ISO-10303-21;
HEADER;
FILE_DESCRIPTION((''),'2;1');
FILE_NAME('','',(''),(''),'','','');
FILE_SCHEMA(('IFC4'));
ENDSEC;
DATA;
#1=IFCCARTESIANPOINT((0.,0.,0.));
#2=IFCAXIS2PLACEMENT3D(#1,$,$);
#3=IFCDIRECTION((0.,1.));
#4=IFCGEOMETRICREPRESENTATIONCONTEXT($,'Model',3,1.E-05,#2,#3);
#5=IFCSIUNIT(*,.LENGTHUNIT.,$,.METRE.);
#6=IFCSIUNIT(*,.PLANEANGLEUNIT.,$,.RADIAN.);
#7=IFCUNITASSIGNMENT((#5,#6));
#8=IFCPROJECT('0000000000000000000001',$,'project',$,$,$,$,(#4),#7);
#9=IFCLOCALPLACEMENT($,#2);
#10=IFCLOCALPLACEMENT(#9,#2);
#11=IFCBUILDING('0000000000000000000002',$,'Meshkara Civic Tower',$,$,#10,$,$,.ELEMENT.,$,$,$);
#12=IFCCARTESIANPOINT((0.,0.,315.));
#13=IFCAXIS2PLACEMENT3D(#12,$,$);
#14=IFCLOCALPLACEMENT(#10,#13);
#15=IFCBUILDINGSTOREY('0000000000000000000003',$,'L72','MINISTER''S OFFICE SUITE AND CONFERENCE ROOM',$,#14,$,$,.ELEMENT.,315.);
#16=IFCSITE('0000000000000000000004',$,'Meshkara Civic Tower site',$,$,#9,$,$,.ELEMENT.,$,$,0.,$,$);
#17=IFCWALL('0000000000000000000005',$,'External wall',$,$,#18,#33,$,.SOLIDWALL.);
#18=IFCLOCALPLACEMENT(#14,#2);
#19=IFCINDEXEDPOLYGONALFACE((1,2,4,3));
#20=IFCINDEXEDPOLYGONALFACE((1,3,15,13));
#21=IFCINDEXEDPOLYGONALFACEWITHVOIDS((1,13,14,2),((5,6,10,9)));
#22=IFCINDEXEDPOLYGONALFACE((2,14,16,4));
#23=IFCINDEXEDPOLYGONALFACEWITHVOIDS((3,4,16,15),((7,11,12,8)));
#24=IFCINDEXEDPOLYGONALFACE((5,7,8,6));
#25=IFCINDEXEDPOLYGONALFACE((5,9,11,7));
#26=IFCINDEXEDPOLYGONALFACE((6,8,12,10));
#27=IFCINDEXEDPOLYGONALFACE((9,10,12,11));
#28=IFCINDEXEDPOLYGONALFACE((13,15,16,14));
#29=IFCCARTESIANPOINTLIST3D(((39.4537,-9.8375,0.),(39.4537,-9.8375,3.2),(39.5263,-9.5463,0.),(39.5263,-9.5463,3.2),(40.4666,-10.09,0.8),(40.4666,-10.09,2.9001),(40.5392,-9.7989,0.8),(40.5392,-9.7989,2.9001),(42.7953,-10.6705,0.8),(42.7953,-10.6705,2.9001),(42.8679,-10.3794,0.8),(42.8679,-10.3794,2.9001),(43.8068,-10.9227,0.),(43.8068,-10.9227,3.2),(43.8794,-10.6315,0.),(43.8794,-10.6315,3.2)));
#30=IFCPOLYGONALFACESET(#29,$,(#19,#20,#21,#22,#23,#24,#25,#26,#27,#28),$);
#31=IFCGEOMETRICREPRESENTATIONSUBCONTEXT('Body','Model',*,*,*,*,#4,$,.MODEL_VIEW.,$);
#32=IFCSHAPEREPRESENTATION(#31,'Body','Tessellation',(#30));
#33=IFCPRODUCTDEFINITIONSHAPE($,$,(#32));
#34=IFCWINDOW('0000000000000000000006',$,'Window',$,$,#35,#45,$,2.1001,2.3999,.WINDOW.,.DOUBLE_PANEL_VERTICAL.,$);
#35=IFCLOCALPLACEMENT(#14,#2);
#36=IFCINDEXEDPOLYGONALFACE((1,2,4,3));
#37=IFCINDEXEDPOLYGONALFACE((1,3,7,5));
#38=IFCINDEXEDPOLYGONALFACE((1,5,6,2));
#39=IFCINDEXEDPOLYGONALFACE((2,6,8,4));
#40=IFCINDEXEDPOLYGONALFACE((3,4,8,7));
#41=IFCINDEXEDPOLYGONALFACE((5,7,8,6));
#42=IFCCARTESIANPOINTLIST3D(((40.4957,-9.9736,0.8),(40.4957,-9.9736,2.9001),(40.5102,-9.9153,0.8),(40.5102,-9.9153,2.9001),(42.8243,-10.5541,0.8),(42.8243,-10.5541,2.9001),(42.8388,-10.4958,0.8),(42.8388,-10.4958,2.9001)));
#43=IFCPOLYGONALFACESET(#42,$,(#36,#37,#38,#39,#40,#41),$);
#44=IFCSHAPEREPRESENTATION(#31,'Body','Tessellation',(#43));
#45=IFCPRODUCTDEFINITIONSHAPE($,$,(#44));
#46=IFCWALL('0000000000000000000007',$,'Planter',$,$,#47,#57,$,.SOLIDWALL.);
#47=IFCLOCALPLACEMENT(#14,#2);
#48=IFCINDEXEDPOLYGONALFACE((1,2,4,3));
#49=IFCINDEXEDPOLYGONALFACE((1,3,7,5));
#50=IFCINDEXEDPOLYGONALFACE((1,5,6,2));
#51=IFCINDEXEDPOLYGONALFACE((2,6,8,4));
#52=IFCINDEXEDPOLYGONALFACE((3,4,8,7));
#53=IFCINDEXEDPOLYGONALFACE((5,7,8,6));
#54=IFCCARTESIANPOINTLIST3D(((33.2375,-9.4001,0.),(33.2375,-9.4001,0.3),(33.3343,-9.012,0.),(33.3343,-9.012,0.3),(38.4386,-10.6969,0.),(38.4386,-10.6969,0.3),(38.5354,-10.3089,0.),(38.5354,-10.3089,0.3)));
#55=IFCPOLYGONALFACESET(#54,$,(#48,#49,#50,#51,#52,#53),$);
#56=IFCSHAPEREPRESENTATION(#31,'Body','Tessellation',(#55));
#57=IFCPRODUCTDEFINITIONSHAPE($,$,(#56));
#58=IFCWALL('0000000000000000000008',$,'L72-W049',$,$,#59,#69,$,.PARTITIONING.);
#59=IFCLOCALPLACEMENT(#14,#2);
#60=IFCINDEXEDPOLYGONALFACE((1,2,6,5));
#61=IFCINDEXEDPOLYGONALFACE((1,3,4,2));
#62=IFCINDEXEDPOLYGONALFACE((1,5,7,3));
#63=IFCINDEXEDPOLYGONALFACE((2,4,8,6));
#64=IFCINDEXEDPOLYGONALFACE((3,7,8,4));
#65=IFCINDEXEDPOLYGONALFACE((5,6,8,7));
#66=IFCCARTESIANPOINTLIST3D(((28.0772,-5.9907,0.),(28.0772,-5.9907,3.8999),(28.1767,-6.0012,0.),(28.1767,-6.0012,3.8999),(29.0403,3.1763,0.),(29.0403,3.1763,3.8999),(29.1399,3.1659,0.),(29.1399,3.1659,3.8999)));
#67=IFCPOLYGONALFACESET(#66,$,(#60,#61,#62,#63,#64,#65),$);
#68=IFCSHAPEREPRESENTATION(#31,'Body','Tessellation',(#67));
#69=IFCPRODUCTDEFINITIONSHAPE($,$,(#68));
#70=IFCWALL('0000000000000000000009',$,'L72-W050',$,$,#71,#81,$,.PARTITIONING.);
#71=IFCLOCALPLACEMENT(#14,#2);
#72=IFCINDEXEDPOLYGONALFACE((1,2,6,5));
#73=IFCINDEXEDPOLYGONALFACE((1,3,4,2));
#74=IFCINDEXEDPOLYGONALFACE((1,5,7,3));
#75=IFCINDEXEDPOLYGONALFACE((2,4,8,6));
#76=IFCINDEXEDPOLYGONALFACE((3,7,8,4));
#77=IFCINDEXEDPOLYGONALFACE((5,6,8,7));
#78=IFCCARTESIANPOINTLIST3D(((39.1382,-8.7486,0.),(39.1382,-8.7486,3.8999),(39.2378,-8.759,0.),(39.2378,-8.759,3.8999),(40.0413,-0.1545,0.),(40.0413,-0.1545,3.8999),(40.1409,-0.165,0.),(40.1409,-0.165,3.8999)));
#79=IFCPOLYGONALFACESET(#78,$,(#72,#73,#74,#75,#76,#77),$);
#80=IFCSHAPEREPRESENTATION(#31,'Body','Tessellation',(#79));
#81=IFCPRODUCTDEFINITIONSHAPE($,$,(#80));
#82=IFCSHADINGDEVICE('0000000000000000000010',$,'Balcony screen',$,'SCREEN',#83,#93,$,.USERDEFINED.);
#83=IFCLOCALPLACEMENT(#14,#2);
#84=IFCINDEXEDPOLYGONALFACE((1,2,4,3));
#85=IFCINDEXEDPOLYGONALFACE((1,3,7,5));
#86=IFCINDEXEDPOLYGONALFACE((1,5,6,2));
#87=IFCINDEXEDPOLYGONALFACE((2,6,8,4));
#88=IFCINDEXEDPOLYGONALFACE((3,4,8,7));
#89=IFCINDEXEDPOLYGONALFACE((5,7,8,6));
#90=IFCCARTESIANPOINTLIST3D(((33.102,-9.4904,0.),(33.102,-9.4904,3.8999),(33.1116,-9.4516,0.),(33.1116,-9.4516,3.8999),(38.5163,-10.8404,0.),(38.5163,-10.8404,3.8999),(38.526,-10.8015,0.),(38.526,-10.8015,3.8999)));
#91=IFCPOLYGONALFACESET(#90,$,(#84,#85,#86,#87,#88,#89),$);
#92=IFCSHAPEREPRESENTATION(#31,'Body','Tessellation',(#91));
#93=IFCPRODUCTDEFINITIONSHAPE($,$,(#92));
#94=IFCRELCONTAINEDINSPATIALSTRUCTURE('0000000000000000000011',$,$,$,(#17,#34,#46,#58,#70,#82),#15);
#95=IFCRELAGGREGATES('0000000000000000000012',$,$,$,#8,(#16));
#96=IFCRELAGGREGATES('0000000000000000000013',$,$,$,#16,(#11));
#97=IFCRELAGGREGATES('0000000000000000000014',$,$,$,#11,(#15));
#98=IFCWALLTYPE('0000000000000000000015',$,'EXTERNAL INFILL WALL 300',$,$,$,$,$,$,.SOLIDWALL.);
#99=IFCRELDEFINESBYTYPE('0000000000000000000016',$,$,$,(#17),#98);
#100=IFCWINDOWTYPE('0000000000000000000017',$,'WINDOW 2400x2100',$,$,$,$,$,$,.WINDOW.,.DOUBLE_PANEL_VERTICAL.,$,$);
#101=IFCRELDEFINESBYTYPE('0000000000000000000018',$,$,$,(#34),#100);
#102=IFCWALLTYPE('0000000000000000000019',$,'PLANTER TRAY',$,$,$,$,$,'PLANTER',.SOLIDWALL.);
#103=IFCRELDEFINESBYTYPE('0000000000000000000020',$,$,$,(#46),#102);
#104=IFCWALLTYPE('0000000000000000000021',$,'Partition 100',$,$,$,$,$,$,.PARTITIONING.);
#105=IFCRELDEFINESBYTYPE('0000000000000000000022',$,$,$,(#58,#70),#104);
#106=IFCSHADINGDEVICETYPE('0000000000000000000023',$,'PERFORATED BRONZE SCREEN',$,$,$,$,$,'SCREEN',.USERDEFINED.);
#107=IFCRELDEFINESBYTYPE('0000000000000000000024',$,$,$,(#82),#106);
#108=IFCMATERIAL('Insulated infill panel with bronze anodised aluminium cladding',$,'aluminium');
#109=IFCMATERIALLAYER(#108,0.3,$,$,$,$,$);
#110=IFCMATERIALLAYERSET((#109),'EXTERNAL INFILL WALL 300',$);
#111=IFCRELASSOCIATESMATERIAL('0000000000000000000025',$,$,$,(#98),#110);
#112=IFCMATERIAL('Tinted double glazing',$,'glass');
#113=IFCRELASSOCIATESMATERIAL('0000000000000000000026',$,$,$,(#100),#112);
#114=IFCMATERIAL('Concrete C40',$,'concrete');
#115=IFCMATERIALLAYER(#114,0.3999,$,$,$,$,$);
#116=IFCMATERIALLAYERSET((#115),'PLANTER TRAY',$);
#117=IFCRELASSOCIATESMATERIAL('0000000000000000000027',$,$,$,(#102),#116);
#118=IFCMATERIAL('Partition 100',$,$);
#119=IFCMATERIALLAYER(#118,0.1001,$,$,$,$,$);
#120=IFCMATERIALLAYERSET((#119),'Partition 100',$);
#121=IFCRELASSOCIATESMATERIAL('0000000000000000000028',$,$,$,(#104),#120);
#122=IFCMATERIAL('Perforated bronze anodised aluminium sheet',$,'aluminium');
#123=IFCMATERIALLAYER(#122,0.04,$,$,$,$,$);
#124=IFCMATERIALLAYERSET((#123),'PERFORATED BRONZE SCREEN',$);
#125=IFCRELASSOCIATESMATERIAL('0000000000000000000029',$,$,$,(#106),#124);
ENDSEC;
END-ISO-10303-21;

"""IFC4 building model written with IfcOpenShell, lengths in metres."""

from ifc_helpers import new_model, si_unit, direction, frame, frame_2d, origin, origin_2d, place, context, subcontext, project, spatial, rectangle, extrude, material, layer, layer_set, type_object, element, fill, save


model = new_model("IFC4")

# Units and contexts
model_context = context("Model", 3, precision=1e-05, world=origin(), true_north=direction((0.0, 1.0)))
body_context = subcontext(model_context, "Body", "Model", "MODEL_VIEW")
ifc_project = project(units=[si_unit("LENGTHUNIT", "METRE"), si_unit("PLANEANGLEUNIT", "RADIAN")], contexts=[model_context])

# Site, building, storey
site_placement = place(None, origin())
site = spatial("IfcSite", under=ifc_project, at=site_placement, Name="Meshkara Civic Tower site", CompositionType="ELEMENT", RefElevation=0.0)
building_placement = place(site_placement, origin())
building = spatial("IfcBuilding", under=site, at=building_placement, Name="Meshkara Civic Tower", CompositionType="ELEMENT")
storey_placement = place(building_placement, frame((0.0, 0.0, 315.0)))
storey = spatial("IfcBuildingStorey", under=building, at=storey_placement, Name="L72", Description="MINISTER'S OFFICE SUITE AND CONFERENCE ROOM", CompositionType="ELEMENT", Elevation=315.0)

# Wall, opening, window
ifc_material_1 = material(Name="Insulated infill panel with bronze anodised aluminium cladding", Category="aluminium")
ifc_layer_1 = layer(ifc_material_1, 0.3)
ifc_layer_set_1 = layer_set([ifc_layer_1], Name="EXTERNAL INFILL WALL 300")
wall_type_1 = type_object("IfcWallType", Name="EXTERNAL INFILL WALL 300", PredefinedType="SOLIDWALL", material=ifc_layer_set_1)
ifc_material_2 = material(Name="Tinted double glazing", Category="glass")
window_type = type_object("IfcWindowType", Name="WINDOW 2400x2100", PartitioningType="DOUBLE_PANEL_VERTICAL", PredefinedType="WINDOW", material=ifc_material_2)
wall_1_placement = place(storey_placement, frame((39.49, -9.6919, 0.0), z_axis=(0.0, 0.0, 1.0), x_axis=(0.970302, -0.241895, 0.0)))
wall_1 = element("IfcWall", 1, at=wall_1_placement, inside=storey, type_object=wall_type_1, Name="External wall", PredefinedType="SOLIDWALL", context=body_context, shape_type="SweptSolid", body=[
    extrude(rectangle(XDim=4.4863, YDim=0.3, at=frame_2d((2.2432, 0.0))), origin(), (0.0, 0.0, 1.0), 3.2),
])
opening_1_placement = place(wall_1_placement, frame((1.0439, 0.0, 0.8)))
opening_1 = element("IfcOpeningElement", 2, at=opening_1_placement, cuts=wall_1, PredefinedType="OPENING", context=body_context, shape_type="SweptSolid", body=[
    extrude(rectangle(XDim=2.3999, YDim=2.1001, at=frame_2d((1.2, 1.05))), frame((0.0, 0.1599, 0.0), z_axis=(0.0, -1.0, 0.0), x_axis=(1.0, 0.0, 0.0)), (0.0, 0.0, 1.0), 0.3201),
])
window_1_placement = place(opening_1_placement, origin())
window_1 = element("IfcWindow", 3, at=window_1_placement, inside=storey, type_object=window_type, Name="Window", OverallHeight=2.1001, OverallWidth=2.3999, PartitioningType="DOUBLE_PANEL_VERTICAL", PredefinedType="WINDOW", context=body_context, shape_type="SweptSolid", body=[
    extrude(rectangle(XDim=2.3999, YDim=2.1001, at=frame_2d((1.2, 1.05))), frame((0.0, 0.03, 0.0), z_axis=(0.0, -1.0, 0.0), x_axis=(1.0, 0.0, 0.0)), (0.0, 0.0, 1.0), 0.0601),
])
fill(opening_1, window_1)

# Walls
ifc_material_3 = material(Name="Concrete C40", Category="concrete")
ifc_layer_2 = layer(ifc_material_3, 0.3999)
ifc_layer_set_2 = layer_set([ifc_layer_2], Name="PLANTER TRAY")
wall_type_2 = type_object("IfcWallType", Name="PLANTER TRAY", ElementType="PLANTER", PredefinedType="SOLIDWALL", material=ifc_layer_set_2)
wall_2_placement = place(storey_placement, frame((33.2859, -9.2061, 0.0), z_axis=(0.0, 0.0, 1.0), x_axis=(0.970292, -0.241935, 0.0)))
element("IfcWall", 4, at=wall_2_placement, inside=storey, type_object=wall_type_2, Name="Planter", PredefinedType="SOLIDWALL", context=body_context, shape_type="SweptSolid", body=[
    extrude(rectangle(XDim=5.3604, YDim=0.3999, at=frame_2d((2.6802, 0.0))), origin(), (0.0, 0.0, 1.0), 0.3),
])
ifc_material_4 = material(Name="Partition 100")
ifc_layer_3 = layer(ifc_material_4, 0.1001)
ifc_layer_set_3 = layer_set([ifc_layer_3], Name="Partition 100")
wall_type_3 = type_object("IfcWallType", Name="Partition 100", PredefinedType="PARTITIONING", material=ifc_layer_set_3)
wall_3_placement = place(storey_placement, frame((28.127, -5.9961, 0.0), z_axis=(0.0, 0.0, 1.0), x_axis=(0.10449, 0.994526, 0.0)))
element("IfcWall", 5, at=wall_3_placement, inside=storey, type_object=wall_type_3, Name="L72-W049", PredefinedType="PARTITIONING", context=body_context, shape_type="SweptSolid", body=[
    extrude(rectangle(XDim=9.2175, YDim=0.1001, at=frame_2d((4.6089, 0.0))), origin(), (0.0, 0.0, 1.0), 3.8999),
])
wall_4_placement = place(storey_placement, frame((39.188, -8.7539, 0.0), z_axis=(0.0, 0.0, 1.0), x_axis=(0.104507, 0.994524, 0.0)))
element("IfcWall", 6, at=wall_4_placement, inside=storey, type_object=wall_type_3, Name="L72-W050", PredefinedType="PARTITIONING", context=body_context, shape_type="SweptSolid", body=[
    extrude(rectangle(XDim=8.6414, YDim=0.1001, at=frame_2d((4.3208, 0.0))), origin(), (0.0, 0.0, 1.0), 3.8999),
])

# Shading device
ifc_material_5 = material(Name="Perforated bronze anodised aluminium sheet", Category="aluminium")
ifc_layer_4 = layer(ifc_material_5, 0.04)
ifc_layer_set_4 = layer_set([ifc_layer_4], Name="PERFORATED BRONZE SCREEN")
shading_device_type = type_object("IfcShadingDeviceType", Name="PERFORATED BRONZE SCREEN", ElementType="SCREEN", PredefinedType="USERDEFINED", material=ifc_layer_set_4)
shading_device_placement = place(storey_placement, frame((35.814, -10.146, 0.0), z_axis=(0.0, 0.0, 1.0), x_axis=(0.970296, -0.241922, 0.0)))
element("IfcShadingDevice", 7, at=shading_device_placement, inside=storey, type_object=shading_device_type, Name="Balcony screen", ObjectType="SCREEN", PredefinedType="USERDEFINED", context=body_context, shape_type="SweptSolid", body=[
    extrude(rectangle(XDim=5.5801, YDim=0.04, at=origin_2d()), origin(), (0.0, 0.0, 1.0), 3.8999),
])

save(model, "model.ifc")
